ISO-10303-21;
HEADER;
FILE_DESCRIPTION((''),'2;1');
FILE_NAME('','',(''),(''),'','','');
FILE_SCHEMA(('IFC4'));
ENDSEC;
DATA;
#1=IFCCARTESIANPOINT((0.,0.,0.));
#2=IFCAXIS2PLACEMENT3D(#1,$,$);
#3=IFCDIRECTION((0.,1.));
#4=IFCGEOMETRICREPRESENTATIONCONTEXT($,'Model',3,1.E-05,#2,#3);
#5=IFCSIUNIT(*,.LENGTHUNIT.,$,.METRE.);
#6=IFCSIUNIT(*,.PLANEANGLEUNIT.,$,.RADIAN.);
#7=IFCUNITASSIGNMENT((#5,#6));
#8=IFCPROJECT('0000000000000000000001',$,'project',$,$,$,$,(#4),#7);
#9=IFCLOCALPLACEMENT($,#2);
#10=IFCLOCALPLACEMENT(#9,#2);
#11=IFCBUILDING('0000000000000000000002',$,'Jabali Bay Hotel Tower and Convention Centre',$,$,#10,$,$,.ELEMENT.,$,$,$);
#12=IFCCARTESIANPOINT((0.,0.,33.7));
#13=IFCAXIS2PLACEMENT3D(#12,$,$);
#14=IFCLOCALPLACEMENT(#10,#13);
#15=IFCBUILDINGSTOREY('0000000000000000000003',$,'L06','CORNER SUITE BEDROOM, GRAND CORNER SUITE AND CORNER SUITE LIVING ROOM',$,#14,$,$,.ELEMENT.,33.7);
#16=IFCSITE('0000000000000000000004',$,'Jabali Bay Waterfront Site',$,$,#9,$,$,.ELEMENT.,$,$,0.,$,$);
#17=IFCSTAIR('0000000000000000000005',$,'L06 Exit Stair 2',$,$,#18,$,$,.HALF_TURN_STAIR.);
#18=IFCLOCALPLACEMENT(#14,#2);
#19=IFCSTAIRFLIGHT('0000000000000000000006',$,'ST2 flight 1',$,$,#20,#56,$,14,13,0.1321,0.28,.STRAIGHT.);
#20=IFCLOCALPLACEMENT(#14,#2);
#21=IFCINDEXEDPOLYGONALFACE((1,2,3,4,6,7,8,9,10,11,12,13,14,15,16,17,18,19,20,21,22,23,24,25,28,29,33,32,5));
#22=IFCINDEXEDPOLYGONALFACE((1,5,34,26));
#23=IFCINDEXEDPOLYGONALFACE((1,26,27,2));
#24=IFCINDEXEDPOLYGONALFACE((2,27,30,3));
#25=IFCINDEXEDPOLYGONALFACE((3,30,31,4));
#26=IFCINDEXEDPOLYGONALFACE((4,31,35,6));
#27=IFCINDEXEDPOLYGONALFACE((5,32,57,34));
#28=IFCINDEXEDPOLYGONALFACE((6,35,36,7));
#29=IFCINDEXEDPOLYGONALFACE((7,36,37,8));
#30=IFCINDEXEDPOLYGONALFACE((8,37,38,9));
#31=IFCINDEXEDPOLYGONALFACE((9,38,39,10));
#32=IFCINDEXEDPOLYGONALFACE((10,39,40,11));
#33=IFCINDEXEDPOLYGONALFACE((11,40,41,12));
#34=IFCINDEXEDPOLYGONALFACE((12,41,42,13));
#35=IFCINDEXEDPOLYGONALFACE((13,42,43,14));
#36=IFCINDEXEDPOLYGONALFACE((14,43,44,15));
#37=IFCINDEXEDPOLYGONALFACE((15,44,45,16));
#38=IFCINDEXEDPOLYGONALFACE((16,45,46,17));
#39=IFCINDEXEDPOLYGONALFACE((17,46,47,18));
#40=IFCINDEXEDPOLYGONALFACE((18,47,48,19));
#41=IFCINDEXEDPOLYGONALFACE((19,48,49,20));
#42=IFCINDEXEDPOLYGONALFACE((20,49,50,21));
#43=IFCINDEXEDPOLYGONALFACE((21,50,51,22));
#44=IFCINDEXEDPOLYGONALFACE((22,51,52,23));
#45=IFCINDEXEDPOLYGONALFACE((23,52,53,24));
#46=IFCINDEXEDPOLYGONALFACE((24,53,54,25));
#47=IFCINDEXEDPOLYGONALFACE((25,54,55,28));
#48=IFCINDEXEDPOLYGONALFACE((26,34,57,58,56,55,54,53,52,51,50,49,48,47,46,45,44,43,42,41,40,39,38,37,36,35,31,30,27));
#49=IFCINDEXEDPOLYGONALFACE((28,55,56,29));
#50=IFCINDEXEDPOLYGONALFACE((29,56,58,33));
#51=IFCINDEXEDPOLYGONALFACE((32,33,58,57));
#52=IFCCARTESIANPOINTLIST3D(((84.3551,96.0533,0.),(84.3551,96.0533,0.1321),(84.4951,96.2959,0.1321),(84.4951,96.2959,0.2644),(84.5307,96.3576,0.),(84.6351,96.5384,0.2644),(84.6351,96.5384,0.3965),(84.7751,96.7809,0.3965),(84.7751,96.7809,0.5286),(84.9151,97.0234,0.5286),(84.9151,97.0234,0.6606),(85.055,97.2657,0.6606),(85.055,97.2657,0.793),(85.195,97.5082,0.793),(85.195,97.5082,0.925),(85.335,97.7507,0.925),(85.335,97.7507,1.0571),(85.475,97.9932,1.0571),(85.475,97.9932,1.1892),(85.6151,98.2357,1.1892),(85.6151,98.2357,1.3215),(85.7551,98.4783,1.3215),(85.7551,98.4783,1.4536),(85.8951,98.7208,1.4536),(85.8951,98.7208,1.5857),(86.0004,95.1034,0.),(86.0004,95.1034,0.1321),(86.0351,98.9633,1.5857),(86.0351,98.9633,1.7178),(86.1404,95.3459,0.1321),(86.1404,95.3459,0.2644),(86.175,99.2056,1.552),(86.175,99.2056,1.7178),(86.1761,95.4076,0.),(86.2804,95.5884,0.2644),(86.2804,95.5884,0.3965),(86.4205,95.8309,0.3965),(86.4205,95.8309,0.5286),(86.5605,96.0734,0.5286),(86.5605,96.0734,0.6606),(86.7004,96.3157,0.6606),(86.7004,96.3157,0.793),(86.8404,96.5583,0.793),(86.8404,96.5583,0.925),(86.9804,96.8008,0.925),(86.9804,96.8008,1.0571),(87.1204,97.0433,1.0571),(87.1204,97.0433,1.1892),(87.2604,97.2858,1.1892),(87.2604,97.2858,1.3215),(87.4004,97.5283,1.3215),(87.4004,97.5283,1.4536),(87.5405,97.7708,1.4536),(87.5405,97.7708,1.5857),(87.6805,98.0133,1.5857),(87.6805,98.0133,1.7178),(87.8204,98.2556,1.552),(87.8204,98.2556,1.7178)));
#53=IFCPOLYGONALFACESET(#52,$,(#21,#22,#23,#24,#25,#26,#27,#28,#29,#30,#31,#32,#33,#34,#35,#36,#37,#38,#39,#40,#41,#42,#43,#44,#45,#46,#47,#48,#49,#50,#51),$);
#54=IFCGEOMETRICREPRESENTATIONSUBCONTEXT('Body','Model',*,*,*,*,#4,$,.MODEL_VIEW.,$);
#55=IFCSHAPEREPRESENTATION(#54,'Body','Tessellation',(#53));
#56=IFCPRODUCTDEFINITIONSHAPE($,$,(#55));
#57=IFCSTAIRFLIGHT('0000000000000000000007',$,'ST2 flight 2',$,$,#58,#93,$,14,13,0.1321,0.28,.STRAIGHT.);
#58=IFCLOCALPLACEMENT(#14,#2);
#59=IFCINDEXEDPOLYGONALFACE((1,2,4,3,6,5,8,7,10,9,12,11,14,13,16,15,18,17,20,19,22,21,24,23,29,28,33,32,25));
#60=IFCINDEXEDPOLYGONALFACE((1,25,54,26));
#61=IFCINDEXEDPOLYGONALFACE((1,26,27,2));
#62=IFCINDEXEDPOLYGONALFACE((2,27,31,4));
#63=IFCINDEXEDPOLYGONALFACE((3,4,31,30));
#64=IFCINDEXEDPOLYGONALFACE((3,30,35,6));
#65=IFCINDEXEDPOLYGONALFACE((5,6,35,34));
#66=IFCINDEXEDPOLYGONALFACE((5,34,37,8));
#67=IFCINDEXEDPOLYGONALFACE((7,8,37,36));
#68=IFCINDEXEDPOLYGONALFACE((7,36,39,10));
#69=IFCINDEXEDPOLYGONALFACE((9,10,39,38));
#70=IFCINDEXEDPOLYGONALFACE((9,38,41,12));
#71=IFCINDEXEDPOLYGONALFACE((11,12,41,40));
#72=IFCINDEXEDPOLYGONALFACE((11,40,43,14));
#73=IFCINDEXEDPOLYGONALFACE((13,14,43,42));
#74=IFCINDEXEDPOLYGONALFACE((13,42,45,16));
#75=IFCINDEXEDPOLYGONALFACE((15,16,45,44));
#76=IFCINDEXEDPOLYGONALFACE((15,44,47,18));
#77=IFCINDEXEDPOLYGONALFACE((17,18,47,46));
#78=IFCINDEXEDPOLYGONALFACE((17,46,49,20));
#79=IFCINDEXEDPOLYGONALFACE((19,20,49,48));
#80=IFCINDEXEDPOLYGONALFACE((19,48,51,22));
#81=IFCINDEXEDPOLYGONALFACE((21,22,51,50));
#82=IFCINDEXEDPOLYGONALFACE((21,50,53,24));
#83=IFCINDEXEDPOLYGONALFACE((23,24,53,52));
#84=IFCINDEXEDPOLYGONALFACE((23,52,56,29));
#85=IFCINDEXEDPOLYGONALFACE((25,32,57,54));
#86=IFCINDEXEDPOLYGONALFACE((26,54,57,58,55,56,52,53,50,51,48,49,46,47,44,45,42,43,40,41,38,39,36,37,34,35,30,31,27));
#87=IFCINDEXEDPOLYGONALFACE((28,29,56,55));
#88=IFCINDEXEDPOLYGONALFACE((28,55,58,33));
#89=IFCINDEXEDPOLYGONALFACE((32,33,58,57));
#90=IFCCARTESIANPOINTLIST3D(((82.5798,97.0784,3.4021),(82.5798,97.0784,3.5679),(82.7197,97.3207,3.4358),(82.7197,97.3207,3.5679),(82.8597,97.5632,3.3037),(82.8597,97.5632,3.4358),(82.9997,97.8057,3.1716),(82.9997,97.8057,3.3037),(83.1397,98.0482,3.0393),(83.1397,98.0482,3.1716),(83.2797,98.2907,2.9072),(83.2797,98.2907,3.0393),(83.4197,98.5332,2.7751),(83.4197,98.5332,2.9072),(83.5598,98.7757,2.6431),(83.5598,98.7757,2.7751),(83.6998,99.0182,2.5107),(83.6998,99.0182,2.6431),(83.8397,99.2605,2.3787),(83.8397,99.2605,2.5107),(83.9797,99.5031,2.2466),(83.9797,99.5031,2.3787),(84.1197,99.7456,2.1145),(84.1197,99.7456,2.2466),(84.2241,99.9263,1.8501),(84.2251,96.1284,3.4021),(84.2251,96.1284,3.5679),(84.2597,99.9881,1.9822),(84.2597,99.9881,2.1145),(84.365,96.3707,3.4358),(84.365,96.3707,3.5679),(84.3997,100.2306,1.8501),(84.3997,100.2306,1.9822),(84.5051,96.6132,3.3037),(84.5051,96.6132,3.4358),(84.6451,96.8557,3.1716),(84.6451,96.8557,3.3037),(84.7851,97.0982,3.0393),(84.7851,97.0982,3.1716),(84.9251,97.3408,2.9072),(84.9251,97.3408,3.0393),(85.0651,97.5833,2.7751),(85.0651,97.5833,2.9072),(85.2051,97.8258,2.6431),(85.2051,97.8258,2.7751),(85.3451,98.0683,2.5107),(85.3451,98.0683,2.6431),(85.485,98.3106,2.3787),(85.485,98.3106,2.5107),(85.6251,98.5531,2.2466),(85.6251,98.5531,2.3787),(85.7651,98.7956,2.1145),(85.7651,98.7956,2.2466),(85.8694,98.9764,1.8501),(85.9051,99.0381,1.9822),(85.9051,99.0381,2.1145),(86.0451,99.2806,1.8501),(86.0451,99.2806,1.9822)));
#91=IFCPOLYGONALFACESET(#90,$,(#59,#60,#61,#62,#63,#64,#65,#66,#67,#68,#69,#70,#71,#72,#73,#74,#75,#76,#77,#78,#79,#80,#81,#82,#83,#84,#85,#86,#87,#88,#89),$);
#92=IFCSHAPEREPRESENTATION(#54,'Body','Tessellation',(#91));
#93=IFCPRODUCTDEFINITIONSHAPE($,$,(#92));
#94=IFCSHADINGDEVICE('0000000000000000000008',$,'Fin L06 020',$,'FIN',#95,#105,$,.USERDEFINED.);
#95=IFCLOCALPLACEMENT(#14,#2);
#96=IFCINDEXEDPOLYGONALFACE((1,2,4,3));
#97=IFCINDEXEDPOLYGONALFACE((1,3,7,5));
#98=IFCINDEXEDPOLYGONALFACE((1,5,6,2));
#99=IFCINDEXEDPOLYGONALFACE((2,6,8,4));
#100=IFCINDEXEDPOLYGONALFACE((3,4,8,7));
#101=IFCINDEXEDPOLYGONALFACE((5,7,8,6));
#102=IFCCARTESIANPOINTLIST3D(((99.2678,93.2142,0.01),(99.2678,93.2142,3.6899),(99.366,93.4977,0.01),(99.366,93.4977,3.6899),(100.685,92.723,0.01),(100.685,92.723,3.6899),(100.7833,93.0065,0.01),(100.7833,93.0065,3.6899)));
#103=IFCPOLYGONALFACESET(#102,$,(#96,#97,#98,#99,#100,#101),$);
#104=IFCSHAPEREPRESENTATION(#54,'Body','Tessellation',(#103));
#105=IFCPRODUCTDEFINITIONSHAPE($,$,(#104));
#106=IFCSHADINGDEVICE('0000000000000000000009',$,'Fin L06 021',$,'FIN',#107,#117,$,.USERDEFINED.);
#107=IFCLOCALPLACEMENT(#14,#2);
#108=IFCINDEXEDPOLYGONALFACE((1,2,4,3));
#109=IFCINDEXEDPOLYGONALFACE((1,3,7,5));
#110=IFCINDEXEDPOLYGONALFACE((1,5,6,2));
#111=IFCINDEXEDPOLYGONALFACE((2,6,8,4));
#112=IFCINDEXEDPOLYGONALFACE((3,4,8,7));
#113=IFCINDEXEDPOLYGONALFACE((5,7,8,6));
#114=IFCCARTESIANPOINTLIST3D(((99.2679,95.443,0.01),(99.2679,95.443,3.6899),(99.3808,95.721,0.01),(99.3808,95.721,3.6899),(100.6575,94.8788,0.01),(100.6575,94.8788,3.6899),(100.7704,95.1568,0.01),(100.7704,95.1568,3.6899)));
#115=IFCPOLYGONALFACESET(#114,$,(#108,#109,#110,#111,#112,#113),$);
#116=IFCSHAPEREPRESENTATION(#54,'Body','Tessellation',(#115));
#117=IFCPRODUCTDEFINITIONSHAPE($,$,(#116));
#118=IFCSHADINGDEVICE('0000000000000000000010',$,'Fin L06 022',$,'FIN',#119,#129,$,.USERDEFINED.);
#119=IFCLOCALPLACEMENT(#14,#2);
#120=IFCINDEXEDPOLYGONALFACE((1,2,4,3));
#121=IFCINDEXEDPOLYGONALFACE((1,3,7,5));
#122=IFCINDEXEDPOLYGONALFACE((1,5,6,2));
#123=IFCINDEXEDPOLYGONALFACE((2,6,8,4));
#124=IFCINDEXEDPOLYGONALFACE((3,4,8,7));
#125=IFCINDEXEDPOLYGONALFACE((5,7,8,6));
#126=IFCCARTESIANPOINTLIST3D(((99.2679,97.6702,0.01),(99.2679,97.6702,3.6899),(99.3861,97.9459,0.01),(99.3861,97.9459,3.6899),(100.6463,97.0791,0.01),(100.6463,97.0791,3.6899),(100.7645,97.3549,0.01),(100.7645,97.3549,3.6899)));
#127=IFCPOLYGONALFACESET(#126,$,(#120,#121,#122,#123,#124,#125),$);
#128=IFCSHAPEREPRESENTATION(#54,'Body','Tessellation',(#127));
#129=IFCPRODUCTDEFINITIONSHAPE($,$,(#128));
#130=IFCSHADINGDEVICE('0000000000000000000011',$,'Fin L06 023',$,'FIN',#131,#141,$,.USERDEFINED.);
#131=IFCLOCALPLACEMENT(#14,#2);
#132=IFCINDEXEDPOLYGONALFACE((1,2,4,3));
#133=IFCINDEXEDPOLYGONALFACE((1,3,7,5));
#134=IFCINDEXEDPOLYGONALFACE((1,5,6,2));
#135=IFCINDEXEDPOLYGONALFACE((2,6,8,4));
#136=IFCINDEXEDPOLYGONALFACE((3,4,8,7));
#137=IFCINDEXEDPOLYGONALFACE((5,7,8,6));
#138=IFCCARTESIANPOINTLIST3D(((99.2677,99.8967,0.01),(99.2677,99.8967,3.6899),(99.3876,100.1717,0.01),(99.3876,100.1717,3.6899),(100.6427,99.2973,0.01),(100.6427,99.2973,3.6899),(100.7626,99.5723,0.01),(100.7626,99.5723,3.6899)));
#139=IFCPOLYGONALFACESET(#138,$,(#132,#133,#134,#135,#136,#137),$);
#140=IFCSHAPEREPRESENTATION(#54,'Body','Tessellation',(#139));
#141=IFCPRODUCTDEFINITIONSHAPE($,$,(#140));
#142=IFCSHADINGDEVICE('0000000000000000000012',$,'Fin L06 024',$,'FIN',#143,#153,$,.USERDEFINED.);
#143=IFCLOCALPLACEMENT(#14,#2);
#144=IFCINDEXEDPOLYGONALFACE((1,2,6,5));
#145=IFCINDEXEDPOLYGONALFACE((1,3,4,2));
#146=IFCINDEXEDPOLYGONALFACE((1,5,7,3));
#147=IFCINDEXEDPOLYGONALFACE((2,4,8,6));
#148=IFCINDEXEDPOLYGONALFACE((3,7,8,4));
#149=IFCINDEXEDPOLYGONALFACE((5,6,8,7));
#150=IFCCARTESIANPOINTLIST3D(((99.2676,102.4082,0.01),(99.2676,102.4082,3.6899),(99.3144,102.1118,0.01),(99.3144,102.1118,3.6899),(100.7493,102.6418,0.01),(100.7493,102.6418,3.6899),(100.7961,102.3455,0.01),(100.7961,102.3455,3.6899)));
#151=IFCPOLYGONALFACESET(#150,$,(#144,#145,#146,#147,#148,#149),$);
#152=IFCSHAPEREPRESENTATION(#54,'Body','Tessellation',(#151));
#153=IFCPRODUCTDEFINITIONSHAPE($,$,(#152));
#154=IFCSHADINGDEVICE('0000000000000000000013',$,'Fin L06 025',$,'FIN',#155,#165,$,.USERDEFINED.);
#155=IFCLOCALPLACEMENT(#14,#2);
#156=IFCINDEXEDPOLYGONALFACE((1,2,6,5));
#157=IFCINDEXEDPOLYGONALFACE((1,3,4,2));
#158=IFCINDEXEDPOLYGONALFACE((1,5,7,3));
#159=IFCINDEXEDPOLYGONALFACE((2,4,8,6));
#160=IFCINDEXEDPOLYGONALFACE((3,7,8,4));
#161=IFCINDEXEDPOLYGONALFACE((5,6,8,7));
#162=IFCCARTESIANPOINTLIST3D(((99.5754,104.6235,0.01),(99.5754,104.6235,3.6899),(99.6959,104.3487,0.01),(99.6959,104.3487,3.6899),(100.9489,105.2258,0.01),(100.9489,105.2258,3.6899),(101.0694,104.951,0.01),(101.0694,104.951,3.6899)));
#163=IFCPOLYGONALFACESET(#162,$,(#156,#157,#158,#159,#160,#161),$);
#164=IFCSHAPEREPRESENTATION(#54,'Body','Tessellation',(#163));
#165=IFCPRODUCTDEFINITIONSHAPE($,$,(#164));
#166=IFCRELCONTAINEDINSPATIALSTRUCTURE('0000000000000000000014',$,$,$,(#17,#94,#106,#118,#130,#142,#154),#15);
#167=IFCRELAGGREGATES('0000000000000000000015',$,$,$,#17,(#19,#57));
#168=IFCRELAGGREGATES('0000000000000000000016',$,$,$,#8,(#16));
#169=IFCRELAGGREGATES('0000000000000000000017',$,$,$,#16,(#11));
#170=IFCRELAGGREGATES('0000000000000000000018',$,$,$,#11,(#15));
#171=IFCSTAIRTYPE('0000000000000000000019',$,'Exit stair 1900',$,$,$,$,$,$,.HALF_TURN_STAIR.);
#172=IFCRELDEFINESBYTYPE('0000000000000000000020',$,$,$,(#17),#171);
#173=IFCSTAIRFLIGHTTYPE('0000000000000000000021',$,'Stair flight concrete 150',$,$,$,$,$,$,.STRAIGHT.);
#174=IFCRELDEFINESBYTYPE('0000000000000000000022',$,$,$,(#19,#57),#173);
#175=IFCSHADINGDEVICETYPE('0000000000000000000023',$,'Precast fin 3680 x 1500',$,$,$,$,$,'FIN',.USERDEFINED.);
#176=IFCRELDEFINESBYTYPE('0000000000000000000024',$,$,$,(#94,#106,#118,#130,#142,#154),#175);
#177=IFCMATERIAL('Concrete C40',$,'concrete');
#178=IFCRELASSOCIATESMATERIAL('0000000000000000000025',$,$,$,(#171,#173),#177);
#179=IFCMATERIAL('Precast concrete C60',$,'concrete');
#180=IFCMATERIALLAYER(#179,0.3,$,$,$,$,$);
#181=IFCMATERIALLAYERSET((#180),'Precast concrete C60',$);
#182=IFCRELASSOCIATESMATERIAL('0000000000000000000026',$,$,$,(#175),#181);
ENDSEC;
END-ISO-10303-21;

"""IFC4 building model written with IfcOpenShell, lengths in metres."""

from ifc_helpers import new_model, si_unit, direction, frame, frame_2d, origin, place, context, subcontext, project, spatial, polyline, rectangle, outline, extrude, material, layer, layer_set, type_object, element, aggregate, save


model = new_model("IFC4")

# Units and contexts
model_context = context("Model", 3, precision=1e-05, world=origin(), true_north=direction((0.0, 1.0)))
body_context = subcontext(model_context, "Body", "Model", "MODEL_VIEW")
ifc_project = project(units=[si_unit("LENGTHUNIT", "METRE"), si_unit("PLANEANGLEUNIT", "RADIAN")], contexts=[model_context])

# Site, building, storey
site_placement = place(None, origin())
site = spatial("IfcSite", under=ifc_project, at=site_placement, Name="Jabali Bay Waterfront Site", CompositionType="ELEMENT", RefElevation=0.0)
building_placement = place(site_placement, origin())
building = spatial("IfcBuilding", under=site, at=building_placement, Name="Jabali Bay Hotel Tower and Convention Centre", CompositionType="ELEMENT")
storey_placement = place(building_placement, frame((0.0, 0.0, 33.7)))
storey = spatial("IfcBuildingStorey", under=building, at=storey_placement, Name="L06", Description="CORNER SUITE BEDROOM, GRAND CORNER SUITE AND CORNER SUITE LIVING ROOM", CompositionType="ELEMENT", Elevation=33.7)

# Shared definitions
ifc_material_1 = material(Name="Concrete C40", Category="concrete")

# Stair, stair flights
stair_type = type_object("IfcStairType", Name="Exit stair 1900", PredefinedType="HALF_TURN_STAIR", material=ifc_material_1)
stair_placement = place(storey_placement, origin())
stair = element("IfcStair", 1, at=stair_placement, inside=storey, type_object=stair_type, Name="L06 Exit Stair 2", PredefinedType="HALF_TURN_STAIR")
stair_flight_type = type_object("IfcStairFlightType", Name="Stair flight concrete 150", PredefinedType="STRAIGHT", material=ifc_material_1)
stair_flight_1_placement = place(storey_placement, frame((85.1777, 95.5784, 0.0), z_axis=(0.0, 0.0, 1.0), x_axis=(0.5, 0.866025, 0.0)))
stair_flight_1 = element("IfcStairFlight", 2, at=stair_flight_1_placement, type_object=stair_flight_type, Name="ST2 flight 1", NumberOfRisers=14, NumberOfTreads=13, PredefinedType="STRAIGHT", RiserHeight=0.1321, TreadLength=0.28, context=body_context, shape_type="SweptSolid", body=[
    extrude(outline(polyline([(0.0, 0.0), (0.0, 0.1321), (0.28, 0.1321), (0.28, 0.2644), (0.5601, 0.2644), (0.5601, 0.3965), (0.8401, 0.3965), (0.8401, 0.5286), (1.1201, 0.5286), (1.1201, 0.6606), (1.3999, 0.6606), (1.3999, 0.793), (1.6799, 0.793), (1.6799, 0.925), (1.96, 0.925), (1.96, 1.0571), (2.24, 1.0571), (2.24, 1.1892), (2.52, 1.1892), (2.52, 1.3215), (2.8, 1.3215), (2.8, 1.4536), (3.0801, 1.4536), (3.0801, 1.5857), (3.3601, 1.5857), (3.3601, 1.7178), (3.6399, 1.7178), (3.6399, 1.8501), (3.6399, 1.552), (0.3513, 0.0), (0.0, 0.0)])), frame((0.0, 0.95, 0.0), z_axis=(0.0, -1.0, 0.0), x_axis=(1.0, 0.0, 0.0)), (0.0, 0.0, 1.0), 1.8999),
])
stair_flight_2_placement = place(storey_placement, frame((85.2224, 99.7556, 1.8501), z_axis=(0.0, 0.0, 1.0), x_axis=(-0.5, -0.866025, 0.0)))
stair_flight_2 = element("IfcStairFlight", 3, at=stair_flight_2_placement, type_object=stair_flight_type, Name="ST2 flight 2", NumberOfRisers=14, NumberOfTreads=13, PredefinedType="STRAIGHT", RiserHeight=0.1321, TreadLength=0.28, context=body_context, shape_type="SweptSolid", body=[
    extrude(outline(polyline([(0.0, 0.0), (0.0, 0.1321), (0.28, 0.1321), (0.28, 0.2644), (0.5601, 0.2644), (0.5601, 0.3965), (0.8401, 0.3965), (0.8401, 0.5286), (1.1201, 0.5286), (1.1201, 0.6606), (1.3999, 0.6606), (1.3999, 0.793), (1.6799, 0.793), (1.6799, 0.925), (1.96, 0.925), (1.96, 1.0571), (2.24, 1.0571), (2.24, 1.1892), (2.52, 1.1892), (2.52, 1.3215), (2.8, 1.3215), (2.8, 1.4536), (3.0801, 1.4536), (3.0801, 1.5857), (3.3601, 1.5857), (3.3601, 1.7178), (3.6399, 1.7178), (3.6399, 1.8501), (3.6399, 1.552), (0.3513, 0.0), (0.0, 0.0)])), frame((0.0, 0.95, 0.0), z_axis=(0.0, -1.0, 0.0), x_axis=(1.0, 0.0, 0.0)), (0.0, 0.0, 1.0), 1.8999),
])
aggregate(stair, [stair_flight_1, stair_flight_2])

# Shading devices
ifc_material_2 = material(Name="Precast concrete C60", Category="concrete")
ifc_layer_1 = layer(ifc_material_2, 0.3)
ifc_layer_set_1 = layer_set([ifc_layer_1], Name="Precast concrete C60")
shading_device_type = type_object("IfcShadingDeviceType", Name="Precast fin 3680 x 1500", ElementType="FIN", PredefinedType="USERDEFINED", material=ifc_layer_set_1)
shading_device_1_placement = place(storey_placement, frame((99.3169, 93.356, 0.01), z_axis=(0.0, 0.0, 1.0), x_axis=(0.944856, -0.327485, 0.0)))
element("IfcShadingDevice", 4, at=shading_device_1_placement, inside=storey, type_object=shading_device_type, Name="Fin L06 020", ObjectType="FIN", PredefinedType="USERDEFINED", context=body_context, shape_type="SweptSolid", body=[
    extrude(rectangle(XDim=1.5, YDim=0.3, at=frame_2d((0.75, 0.0))), origin(), (0.0, 0.0, 1.0), 3.6799),
])
for number, where, z_axis, x_axis, name in (
    (5, (99.3242, 95.582, 0.01), (0.0, 0.0, 1.0), (0.926545, -0.376185, 0.0), "Fin L06 021"),
    (6, (99.3269, 97.8081, 0.01), (0.0, 0.0, 1.0), (0.919069, -0.394096, 0.0), "Fin L06 022"),
):
    element("IfcShadingDevice", number, at=place(storey_placement, frame(where, z_axis=z_axis, x_axis=x_axis)), inside=storey, type_object=shading_device_type, Name=name, ObjectType="FIN", PredefinedType="USERDEFINED", context=body_context, shape_type="SweptSolid", body=[
        extrude(rectangle(XDim=1.4998, YDim=0.3, at=frame_2d((0.75, 0.0))), origin(), (0.0, 0.0, 1.0), 3.6799),
    ])
for number, where, z_axis, x_axis, name in (
    (7, (99.3276, 100.0342, 0.01), (0.0, 0.0, 1.0), (0.916694, -0.399589, 0.0), "Fin L06 023"),
    (8, (99.291, 102.26, 0.01), (0.0, 0.0, 1.0), (0.987795, 0.155762, 0.0), "Fin L06 024"),
):
    element("IfcShadingDevice", number, at=place(storey_placement, frame(where, z_axis=z_axis, x_axis=x_axis)), inside=storey, type_object=shading_device_type, Name=name, ObjectType="FIN", PredefinedType="USERDEFINED", context=body_context, shape_type="SweptSolid", body=[
        extrude(rectangle(XDim=1.5, YDim=0.3, at=frame_2d((0.75, 0.0))), origin(), (0.0, 0.0, 1.0), 3.6799),
    ])
shading_device_2_placement = place(storey_placement, frame((99.6355, 104.4861, 0.01), z_axis=(0.0, 0.0, 1.0), x_axis=(0.915821, 0.401587, 0.0)))
element("IfcShadingDevice", 9, at=shading_device_2_placement, inside=storey, type_object=shading_device_type, Name="Fin L06 025", ObjectType="FIN", PredefinedType="USERDEFINED", context=body_context, shape_type="SweptSolid", body=[
    extrude(rectangle(XDim=1.4998, YDim=0.3, at=frame_2d((0.75, 0.0))), origin(), (0.0, 0.0, 1.0), 3.6799),
])

save(model, "model.ifc")
